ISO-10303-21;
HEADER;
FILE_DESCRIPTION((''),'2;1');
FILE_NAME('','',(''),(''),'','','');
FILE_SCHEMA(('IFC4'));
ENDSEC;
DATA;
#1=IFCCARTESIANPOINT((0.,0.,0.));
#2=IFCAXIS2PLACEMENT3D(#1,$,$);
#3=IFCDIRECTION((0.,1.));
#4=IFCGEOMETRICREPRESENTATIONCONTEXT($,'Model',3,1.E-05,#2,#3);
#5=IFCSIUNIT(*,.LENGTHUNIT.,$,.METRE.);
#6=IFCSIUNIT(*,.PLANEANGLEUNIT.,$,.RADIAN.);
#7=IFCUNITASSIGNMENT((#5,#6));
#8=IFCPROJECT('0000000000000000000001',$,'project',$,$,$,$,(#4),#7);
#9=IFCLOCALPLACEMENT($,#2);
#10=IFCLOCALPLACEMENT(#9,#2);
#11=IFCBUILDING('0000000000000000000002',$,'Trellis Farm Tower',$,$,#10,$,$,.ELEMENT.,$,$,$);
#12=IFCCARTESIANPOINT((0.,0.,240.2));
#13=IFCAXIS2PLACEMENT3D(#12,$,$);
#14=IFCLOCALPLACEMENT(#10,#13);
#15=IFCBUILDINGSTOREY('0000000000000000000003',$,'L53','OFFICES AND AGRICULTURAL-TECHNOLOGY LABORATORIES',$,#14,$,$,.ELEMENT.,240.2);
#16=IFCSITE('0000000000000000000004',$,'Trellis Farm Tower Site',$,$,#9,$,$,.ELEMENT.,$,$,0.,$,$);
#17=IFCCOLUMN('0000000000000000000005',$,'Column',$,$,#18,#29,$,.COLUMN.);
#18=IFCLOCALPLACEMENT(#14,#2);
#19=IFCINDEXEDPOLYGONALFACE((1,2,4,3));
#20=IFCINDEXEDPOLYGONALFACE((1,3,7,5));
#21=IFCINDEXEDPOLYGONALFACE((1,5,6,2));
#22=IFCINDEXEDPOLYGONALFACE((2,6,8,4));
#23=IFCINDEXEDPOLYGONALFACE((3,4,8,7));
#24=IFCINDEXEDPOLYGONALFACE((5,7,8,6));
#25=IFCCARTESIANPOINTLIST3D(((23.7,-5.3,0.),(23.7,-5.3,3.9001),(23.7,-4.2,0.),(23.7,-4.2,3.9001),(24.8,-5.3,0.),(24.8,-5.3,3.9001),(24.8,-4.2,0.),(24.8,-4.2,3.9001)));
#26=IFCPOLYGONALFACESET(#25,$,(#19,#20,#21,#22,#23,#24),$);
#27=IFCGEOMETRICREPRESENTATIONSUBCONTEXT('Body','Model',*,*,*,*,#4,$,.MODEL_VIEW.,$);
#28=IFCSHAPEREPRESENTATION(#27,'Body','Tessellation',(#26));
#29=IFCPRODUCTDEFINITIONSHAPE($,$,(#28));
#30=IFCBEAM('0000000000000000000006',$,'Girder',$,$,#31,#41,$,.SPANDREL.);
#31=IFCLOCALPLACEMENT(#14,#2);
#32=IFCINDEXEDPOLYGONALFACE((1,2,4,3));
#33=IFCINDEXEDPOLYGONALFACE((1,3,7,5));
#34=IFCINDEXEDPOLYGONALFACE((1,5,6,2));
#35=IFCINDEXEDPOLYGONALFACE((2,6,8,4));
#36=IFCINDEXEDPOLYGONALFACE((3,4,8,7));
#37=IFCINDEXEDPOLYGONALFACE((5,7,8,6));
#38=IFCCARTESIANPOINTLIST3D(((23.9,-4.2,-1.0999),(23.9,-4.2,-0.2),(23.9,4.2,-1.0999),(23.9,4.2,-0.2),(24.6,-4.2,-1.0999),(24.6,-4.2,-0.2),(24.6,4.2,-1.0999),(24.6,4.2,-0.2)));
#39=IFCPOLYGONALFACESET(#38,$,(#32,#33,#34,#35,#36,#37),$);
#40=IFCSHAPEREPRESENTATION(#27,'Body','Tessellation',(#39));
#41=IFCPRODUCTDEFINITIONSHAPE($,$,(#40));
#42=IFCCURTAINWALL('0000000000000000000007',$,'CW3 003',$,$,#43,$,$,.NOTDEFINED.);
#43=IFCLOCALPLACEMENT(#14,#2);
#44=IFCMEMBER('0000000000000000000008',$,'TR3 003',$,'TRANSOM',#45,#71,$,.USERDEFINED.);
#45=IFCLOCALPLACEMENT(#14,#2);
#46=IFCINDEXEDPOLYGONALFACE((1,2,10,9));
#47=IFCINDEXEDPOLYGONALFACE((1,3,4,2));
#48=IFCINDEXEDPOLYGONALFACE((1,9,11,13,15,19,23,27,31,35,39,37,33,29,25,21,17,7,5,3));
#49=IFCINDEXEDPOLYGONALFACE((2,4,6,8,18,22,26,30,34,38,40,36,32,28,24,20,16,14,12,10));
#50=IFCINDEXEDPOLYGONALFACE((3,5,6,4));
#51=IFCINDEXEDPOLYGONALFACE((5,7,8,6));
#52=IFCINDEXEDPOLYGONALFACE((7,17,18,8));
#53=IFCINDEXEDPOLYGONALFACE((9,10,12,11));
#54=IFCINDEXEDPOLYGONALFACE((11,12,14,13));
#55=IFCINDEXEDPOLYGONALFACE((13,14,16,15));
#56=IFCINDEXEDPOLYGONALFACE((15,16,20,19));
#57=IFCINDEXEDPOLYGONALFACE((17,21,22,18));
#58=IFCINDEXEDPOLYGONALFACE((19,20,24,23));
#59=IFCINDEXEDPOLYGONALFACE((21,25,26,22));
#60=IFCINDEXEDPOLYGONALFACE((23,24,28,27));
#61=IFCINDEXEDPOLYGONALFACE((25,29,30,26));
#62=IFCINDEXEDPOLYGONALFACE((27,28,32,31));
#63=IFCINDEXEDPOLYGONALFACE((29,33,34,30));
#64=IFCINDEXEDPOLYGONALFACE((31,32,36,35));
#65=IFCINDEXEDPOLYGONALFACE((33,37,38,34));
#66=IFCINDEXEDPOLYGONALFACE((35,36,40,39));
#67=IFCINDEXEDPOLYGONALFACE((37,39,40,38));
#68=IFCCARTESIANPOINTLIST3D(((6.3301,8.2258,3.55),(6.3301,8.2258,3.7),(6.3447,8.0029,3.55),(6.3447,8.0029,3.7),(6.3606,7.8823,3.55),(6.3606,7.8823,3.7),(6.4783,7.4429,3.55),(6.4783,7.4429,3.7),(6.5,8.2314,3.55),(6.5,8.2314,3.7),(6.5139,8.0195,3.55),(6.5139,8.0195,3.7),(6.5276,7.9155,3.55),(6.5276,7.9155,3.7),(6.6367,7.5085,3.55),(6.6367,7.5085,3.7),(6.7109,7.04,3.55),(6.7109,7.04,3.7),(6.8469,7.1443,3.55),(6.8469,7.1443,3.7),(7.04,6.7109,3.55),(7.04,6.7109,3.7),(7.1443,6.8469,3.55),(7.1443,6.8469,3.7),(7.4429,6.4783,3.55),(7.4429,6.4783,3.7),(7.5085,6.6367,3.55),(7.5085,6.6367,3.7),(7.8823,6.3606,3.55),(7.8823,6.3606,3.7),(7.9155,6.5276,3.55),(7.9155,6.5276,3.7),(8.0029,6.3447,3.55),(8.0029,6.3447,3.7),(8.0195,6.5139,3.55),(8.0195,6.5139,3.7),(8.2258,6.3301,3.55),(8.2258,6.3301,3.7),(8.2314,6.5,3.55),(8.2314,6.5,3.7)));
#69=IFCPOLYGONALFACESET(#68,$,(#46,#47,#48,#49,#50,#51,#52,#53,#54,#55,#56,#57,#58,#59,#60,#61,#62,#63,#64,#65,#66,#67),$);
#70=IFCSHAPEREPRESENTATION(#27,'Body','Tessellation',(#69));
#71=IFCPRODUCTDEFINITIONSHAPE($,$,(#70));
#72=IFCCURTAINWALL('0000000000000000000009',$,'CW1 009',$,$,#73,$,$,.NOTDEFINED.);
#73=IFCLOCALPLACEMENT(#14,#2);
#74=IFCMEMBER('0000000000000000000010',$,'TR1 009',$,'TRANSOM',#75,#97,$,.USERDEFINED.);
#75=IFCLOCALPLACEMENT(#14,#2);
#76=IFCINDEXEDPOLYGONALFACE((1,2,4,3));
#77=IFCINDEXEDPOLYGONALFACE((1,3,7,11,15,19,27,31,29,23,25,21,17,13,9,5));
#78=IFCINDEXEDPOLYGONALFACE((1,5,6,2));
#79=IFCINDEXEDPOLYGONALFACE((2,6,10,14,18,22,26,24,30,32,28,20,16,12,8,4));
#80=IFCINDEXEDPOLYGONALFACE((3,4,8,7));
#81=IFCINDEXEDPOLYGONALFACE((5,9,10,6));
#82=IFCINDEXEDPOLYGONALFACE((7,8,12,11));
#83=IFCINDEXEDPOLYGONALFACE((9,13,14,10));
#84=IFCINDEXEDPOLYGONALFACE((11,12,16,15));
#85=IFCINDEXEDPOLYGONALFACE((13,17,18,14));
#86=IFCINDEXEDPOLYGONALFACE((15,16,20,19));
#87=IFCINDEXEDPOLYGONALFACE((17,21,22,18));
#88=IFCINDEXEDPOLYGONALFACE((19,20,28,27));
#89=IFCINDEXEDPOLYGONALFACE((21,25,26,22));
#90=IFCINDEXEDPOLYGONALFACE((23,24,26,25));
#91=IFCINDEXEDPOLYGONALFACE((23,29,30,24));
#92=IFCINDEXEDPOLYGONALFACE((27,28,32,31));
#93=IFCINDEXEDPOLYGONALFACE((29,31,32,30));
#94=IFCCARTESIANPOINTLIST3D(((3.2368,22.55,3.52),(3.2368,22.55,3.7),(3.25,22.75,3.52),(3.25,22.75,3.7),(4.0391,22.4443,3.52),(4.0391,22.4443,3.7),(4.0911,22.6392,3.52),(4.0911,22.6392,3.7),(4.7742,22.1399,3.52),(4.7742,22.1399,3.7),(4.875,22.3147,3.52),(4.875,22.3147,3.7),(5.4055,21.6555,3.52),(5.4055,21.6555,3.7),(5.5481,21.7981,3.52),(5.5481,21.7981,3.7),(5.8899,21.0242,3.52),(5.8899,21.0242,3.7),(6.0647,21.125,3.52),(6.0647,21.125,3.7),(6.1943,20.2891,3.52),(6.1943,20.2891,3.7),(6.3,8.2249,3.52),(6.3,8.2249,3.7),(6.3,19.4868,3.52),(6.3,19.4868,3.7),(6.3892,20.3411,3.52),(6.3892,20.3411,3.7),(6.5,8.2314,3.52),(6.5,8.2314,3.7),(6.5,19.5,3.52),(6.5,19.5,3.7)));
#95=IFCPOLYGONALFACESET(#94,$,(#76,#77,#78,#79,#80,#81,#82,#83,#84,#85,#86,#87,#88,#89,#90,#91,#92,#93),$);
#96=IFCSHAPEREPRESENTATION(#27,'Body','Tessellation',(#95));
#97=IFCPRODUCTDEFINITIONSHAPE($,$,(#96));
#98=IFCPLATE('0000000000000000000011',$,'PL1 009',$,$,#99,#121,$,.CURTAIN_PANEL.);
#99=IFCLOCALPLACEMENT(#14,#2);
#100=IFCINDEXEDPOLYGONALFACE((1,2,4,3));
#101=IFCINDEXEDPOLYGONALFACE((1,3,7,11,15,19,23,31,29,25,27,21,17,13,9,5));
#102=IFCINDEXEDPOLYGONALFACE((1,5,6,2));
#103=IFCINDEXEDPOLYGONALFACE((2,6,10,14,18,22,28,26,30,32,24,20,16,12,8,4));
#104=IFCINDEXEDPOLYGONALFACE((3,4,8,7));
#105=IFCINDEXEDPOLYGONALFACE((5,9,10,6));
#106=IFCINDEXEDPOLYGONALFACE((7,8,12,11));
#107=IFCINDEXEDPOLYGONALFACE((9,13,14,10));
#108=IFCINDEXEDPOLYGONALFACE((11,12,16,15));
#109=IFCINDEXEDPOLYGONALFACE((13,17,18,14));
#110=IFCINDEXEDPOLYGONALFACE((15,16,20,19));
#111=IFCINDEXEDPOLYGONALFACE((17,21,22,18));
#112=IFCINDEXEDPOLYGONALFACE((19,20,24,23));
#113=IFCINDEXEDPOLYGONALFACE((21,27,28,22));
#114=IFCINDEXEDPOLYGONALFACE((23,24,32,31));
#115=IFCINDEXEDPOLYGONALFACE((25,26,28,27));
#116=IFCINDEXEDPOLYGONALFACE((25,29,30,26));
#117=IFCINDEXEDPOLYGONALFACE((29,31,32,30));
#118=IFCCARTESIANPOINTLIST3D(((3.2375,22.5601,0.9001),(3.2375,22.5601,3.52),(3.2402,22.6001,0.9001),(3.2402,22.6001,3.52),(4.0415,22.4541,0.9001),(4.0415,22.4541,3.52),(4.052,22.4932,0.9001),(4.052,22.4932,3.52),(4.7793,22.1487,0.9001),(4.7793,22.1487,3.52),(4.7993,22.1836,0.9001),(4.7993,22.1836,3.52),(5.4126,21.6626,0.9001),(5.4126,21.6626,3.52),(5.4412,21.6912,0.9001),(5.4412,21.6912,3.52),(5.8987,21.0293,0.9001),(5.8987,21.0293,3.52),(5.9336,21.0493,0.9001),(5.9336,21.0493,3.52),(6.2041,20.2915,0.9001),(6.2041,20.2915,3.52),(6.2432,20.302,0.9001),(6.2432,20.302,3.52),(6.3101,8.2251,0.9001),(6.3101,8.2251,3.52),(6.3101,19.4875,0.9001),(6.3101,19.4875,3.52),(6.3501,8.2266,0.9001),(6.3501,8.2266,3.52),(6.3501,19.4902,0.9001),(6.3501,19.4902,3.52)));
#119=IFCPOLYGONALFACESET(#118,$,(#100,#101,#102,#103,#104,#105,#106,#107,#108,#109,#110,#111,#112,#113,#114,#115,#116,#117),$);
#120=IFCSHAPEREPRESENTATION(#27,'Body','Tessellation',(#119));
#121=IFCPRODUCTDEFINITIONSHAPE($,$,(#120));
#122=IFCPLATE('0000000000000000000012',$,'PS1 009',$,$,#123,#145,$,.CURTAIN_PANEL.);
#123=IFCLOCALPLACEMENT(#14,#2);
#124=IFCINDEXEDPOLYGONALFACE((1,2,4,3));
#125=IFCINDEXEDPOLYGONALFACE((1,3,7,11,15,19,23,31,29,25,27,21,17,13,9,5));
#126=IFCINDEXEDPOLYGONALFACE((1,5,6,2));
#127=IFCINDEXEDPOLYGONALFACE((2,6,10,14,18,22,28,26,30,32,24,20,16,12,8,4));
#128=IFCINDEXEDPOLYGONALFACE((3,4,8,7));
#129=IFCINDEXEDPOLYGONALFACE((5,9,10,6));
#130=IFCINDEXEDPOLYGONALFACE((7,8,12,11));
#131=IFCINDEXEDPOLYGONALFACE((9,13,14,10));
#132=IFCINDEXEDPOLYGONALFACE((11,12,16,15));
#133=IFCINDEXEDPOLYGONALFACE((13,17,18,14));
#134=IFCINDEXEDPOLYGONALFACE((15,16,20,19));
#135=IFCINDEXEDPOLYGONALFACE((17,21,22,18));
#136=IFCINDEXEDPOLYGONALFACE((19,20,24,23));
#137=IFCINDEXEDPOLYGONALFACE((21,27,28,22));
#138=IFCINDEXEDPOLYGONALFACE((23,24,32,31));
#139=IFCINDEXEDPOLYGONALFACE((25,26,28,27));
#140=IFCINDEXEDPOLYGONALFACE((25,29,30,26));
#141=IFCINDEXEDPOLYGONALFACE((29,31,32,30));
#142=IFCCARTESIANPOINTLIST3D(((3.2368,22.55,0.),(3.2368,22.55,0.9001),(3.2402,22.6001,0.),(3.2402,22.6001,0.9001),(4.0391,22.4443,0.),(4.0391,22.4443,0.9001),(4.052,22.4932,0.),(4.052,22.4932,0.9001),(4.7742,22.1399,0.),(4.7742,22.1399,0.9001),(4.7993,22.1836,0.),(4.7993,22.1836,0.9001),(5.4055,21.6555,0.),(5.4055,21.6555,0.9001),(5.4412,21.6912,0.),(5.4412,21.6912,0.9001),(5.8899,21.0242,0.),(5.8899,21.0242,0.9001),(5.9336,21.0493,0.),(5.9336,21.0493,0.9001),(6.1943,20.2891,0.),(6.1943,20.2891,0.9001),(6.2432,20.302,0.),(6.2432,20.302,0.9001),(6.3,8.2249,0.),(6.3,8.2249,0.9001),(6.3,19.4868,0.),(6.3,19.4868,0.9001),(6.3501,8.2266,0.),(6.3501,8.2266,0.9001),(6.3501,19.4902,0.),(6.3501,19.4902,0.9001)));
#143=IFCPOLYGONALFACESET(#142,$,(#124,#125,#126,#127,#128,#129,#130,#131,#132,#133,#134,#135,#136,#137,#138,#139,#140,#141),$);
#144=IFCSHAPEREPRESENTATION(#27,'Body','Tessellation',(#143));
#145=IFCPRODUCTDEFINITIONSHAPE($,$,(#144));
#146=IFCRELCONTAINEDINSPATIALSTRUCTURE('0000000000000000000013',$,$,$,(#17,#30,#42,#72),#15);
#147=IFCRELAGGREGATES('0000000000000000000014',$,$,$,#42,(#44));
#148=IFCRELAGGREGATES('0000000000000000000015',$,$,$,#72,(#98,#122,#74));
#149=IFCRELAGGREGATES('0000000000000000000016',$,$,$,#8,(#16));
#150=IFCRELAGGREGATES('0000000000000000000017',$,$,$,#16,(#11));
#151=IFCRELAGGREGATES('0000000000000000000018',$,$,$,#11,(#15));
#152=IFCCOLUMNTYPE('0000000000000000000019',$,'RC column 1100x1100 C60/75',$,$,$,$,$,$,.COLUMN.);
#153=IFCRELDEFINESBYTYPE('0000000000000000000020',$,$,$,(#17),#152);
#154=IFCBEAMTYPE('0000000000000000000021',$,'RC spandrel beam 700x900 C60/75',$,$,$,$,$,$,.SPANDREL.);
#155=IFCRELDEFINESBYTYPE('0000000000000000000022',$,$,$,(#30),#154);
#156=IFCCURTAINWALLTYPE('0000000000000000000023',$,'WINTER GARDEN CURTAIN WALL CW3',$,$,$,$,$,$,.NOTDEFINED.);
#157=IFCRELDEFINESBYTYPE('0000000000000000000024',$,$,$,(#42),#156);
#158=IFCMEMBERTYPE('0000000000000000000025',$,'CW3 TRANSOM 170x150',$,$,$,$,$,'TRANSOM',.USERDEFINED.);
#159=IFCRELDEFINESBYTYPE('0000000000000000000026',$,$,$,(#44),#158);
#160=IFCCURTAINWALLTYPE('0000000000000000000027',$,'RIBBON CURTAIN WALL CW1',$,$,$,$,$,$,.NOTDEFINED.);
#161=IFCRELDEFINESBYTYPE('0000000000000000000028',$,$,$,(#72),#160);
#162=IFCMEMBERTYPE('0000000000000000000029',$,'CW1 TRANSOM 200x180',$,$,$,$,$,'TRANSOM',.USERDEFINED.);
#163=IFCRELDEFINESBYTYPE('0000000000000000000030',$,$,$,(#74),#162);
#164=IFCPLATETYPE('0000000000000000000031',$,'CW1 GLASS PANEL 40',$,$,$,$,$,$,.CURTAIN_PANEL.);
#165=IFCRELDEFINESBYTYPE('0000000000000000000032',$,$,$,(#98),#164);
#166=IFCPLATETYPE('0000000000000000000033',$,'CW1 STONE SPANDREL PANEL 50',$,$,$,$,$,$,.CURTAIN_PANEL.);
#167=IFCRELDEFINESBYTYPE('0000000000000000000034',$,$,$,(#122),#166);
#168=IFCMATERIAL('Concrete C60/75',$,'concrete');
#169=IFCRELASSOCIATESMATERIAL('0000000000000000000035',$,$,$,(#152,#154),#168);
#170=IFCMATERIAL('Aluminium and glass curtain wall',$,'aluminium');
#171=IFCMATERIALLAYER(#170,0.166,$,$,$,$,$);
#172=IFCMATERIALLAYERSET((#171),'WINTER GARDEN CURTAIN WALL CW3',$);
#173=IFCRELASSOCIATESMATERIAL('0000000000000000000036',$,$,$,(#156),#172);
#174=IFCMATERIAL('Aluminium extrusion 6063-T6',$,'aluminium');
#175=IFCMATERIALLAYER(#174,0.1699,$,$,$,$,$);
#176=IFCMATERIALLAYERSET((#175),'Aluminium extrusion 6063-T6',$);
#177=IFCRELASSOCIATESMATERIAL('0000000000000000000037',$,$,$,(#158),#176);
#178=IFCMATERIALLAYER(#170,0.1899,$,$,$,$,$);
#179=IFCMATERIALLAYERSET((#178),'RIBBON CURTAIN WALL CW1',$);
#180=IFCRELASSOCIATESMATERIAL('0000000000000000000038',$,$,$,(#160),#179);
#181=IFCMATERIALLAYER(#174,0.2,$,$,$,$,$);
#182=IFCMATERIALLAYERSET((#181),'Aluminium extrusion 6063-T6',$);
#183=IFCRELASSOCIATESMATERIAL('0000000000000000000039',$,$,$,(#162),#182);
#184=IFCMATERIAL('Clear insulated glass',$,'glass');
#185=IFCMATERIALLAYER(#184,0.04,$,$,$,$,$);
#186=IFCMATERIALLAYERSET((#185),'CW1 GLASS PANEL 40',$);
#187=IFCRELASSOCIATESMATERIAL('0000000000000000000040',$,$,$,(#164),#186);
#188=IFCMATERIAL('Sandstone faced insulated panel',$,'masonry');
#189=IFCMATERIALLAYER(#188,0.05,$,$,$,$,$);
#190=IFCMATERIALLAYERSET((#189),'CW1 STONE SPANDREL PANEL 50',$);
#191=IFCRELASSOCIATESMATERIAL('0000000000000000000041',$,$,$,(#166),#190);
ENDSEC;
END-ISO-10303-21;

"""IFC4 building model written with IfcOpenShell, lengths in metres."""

from ifc_helpers import new_model, si_unit, direction, frame, origin, origin_2d, place, context, subcontext, project, spatial, polyline, rectangle, outline, extrude, source, transform, mapped, material, layer, layer_set, material_profile, profile_set, type_object, element, aggregate, save


model = new_model("IFC4")

# Units and contexts
model_context = context("Model", 3, precision=1e-05, world=origin(), true_north=direction((0.0, 1.0)))
body_context = subcontext(model_context, "Body", "Model", "MODEL_VIEW")
ifc_project = project(units=[si_unit("LENGTHUNIT", "METRE"), si_unit("PLANEANGLEUNIT", "RADIAN")], contexts=[model_context])

# Site, building, storey
site_placement = place(None, origin())
site = spatial("IfcSite", under=ifc_project, at=site_placement, Name="Trellis Farm Tower Site", CompositionType="ELEMENT", RefElevation=0.0)
building_placement = place(site_placement, origin())
building = spatial("IfcBuilding", under=site, at=building_placement, Name="Trellis Farm Tower", CompositionType="ELEMENT")
storey_placement = place(building_placement, frame((0.0, 0.0, 240.2)))
storey = spatial("IfcBuildingStorey", under=building, at=storey_placement, Name="L53", Description="OFFICES AND AGRICULTURAL-TECHNOLOGY LABORATORIES", CompositionType="ELEMENT", Elevation=240.2)

# Column
ifc_material_1 = material(Name="Concrete C60/75", Category="concrete")
ifc_material_profile_1 = material_profile(ifc_material_1, rectangle(XDim=1.1001, YDim=1.1001, at=origin_2d()), Name="RC column 1100x1100 C60/75")
ifc_profile_set_1 = profile_set([ifc_material_profile_1], Name="Concrete C60/75")
column_type = type_object("IfcColumnType", Name="RC column 1100x1100 C60/75", PredefinedType="COLUMN", material=ifc_profile_set_1)
shared_shape_1 = source(origin(), body_context, "Body", "SweptSolid", [
    extrude(rectangle(XDim=1.1001, YDim=1.1001, at=origin_2d()), origin(), (0.0, 0.0, 1.0), 3.9001),
])
column_placement = place(storey_placement, frame((24.25, -4.75, 0.0), z_axis=(0.0, 0.0, 1.0), x_axis=(1.0, 0.0, 0.0)))
element("IfcColumn", 1, at=column_placement, inside=storey, type_object=column_type, Name="Column", PredefinedType="COLUMN", context=body_context, shape_type="MappedRepresentation", body=[
    mapped(shared_shape_1, transform((0.0, 0.0, 0.0))),
])

# Beam
ifc_material_profile_2 = material_profile(ifc_material_1, rectangle(XDim=0.7, YDim=0.8999, at=origin_2d()), Name="RC spandrel beam 700x900 C60/75")
ifc_profile_set_2 = profile_set([ifc_material_profile_2], Name="Concrete C60/75")
beam_type = type_object("IfcBeamType", Name="RC spandrel beam 700x900 C60/75", PredefinedType="SPANDREL", material=ifc_profile_set_2)
shared_shape_2 = source(origin(), body_context, "Body", "SweptSolid", [
    extrude(rectangle(XDim=0.7, YDim=0.8999, at=origin_2d()), origin(), (0.0, 0.0, 1.0), 8.3999),
])
beam_placement = place(storey_placement, frame((24.25, -4.2, -0.6499), z_axis=(0.0, 1.0, 0.0), x_axis=(-1.0, 0.0, 0.0)))
element("IfcBeam", 2, at=beam_placement, inside=storey, type_object=beam_type, Name="Girder", PredefinedType="SPANDREL", context=body_context, shape_type="MappedRepresentation", body=[
    mapped(shared_shape_2, transform((0.0, 0.0, 0.0))),
])

# Curtain wall, member
ifc_material_2 = material(Name="Aluminium and glass curtain wall", Category="aluminium")
ifc_layer_1 = layer(ifc_material_2, 0.166)
ifc_layer_set_1 = layer_set([ifc_layer_1], Name="WINTER GARDEN CURTAIN WALL CW3")
curtain_wall_type_1 = type_object("IfcCurtainWallType", Name="WINTER GARDEN CURTAIN WALL CW3", PredefinedType="NOTDEFINED", material=ifc_layer_set_1)
placement = place(storey_placement, origin())
curtain_wall_1 = element("IfcCurtainWall", 3, at=placement, inside=storey, type_object=curtain_wall_type_1, Name="CW3 003", PredefinedType="NOTDEFINED")
ifc_material_3 = material(Name="Aluminium extrusion 6063-T6", Category="aluminium")
ifc_layer_2 = layer(ifc_material_3, 0.1699)
ifc_layer_set_2 = layer_set([ifc_layer_2], Name="Aluminium extrusion 6063-T6")
member_type_1 = type_object("IfcMemberType", Name="CW3 TRANSOM 170x150", ElementType="TRANSOM", PredefinedType="USERDEFINED", material=ifc_layer_set_2)
shared_shape_3 = source(origin(), body_context, "Body", "SweptSolid", [
    extrude(outline(polyline([(8.2314, 6.5), (8.0195, 6.5139), (7.9155, 6.5276), (7.5085, 6.6367), (7.1443, 6.8469), (6.8469, 7.1443), (6.6367, 7.5085), (6.5276, 7.9155), (6.5139, 8.0195), (6.5, 8.2314), (6.3301, 8.2258), (6.3447, 8.0029), (6.3606, 7.8823), (6.4783, 7.4429), (6.7109, 7.04), (7.04, 6.7109), (7.4429, 6.4783), (7.8823, 6.3606), (8.0029, 6.3447), (8.2258, 6.3301), (8.2314, 6.5)])), origin(), (0.0, 0.0, 1.0), 0.1499),
])
member_1_placement = place(storey_placement, frame((0.0, 0.0, 3.55)))
member_1 = element("IfcMember", 4, at=member_1_placement, type_object=member_type_1, Name="TR3 003", ObjectType="TRANSOM", PredefinedType="USERDEFINED", context=body_context, shape_type="MappedRepresentation", body=[
    mapped(shared_shape_3, transform((0.0, 0.0, 0.0))),
])
aggregate(curtain_wall_1, [member_1])

# Curtain wall, member, plates
ifc_layer_3 = layer(ifc_material_2, 0.1899)
ifc_layer_set_3 = layer_set([ifc_layer_3], Name="RIBBON CURTAIN WALL CW1")
curtain_wall_type_2 = type_object("IfcCurtainWallType", Name="RIBBON CURTAIN WALL CW1", PredefinedType="NOTDEFINED", material=ifc_layer_set_3)
curtain_wall_2 = element("IfcCurtainWall", 5, at=placement, inside=storey, type_object=curtain_wall_type_2, Name="CW1 009", PredefinedType="NOTDEFINED")
ifc_layer_4 = layer(ifc_material_3, 0.2)
ifc_layer_set_4 = layer_set([ifc_layer_4], Name="Aluminium extrusion 6063-T6")
member_type_2 = type_object("IfcMemberType", Name="CW1 TRANSOM 200x180", ElementType="TRANSOM", PredefinedType="USERDEFINED", material=ifc_layer_set_4)
shared_shape_4 = source(origin(), body_context, "Body", "SweptSolid", [
    extrude(outline(polyline([(6.5, 8.2314), (6.5, 19.5), (6.3892, 20.3411), (6.0647, 21.125), (5.5481, 21.7981), (4.875, 22.3147), (4.0911, 22.6392), (3.25, 22.75), (3.2368, 22.55), (4.0391, 22.4443), (4.7742, 22.1399), (5.4055, 21.6555), (5.8899, 21.0242), (6.1943, 20.2891), (6.3, 19.4868), (6.3, 8.2249), (6.5, 8.2314)])), origin(), (0.0, 0.0, 1.0), 0.1799),
])
member_2_placement = place(storey_placement, frame((0.0, 0.0, 3.52)))
member_2 = element("IfcMember", 6, at=member_2_placement, type_object=member_type_2, Name="TR1 009", ObjectType="TRANSOM", PredefinedType="USERDEFINED", context=body_context, shape_type="MappedRepresentation", body=[
    mapped(shared_shape_4, transform((0.0, 0.0, 0.0))),
])
ifc_material_4 = material(Name="Clear insulated glass", Category="glass")
ifc_layer_5 = layer(ifc_material_4, 0.04)
ifc_layer_set_5 = layer_set([ifc_layer_5], Name="CW1 GLASS PANEL 40")
plate_type_1 = type_object("IfcPlateType", Name="CW1 GLASS PANEL 40", PredefinedType="CURTAIN_PANEL", material=ifc_layer_set_5)
shared_shape_5 = source(origin(), body_context, "Body", "SweptSolid", [
    extrude(outline(polyline([(6.3501, 8.2266), (6.3501, 19.4902), (6.2432, 20.302), (5.9336, 21.0493), (5.4412, 21.6912), (4.7993, 22.1836), (4.052, 22.4932), (3.2402, 22.6001), (3.2375, 22.5601), (4.0415, 22.4541), (4.7793, 22.1487), (5.4126, 21.6626), (5.8987, 21.0293), (6.2041, 20.2915), (6.3101, 19.4875), (6.3101, 8.2251), (6.3501, 8.2266)])), origin(), (0.0, 0.0, 1.0), 2.6199),
])
plate_1_placement = place(storey_placement, frame((0.0, 0.0, 0.9001)))
plate_1 = element("IfcPlate", 7, at=plate_1_placement, type_object=plate_type_1, Name="PL1 009", PredefinedType="CURTAIN_PANEL", context=body_context, shape_type="MappedRepresentation", body=[
    mapped(shared_shape_5, transform((0.0, 0.0, 0.0))),
])
ifc_material_5 = material(Name="Sandstone faced insulated panel", Category="masonry")
ifc_layer_6 = layer(ifc_material_5, 0.05)
ifc_layer_set_6 = layer_set([ifc_layer_6], Name="CW1 STONE SPANDREL PANEL 50")
plate_type_2 = type_object("IfcPlateType", Name="CW1 STONE SPANDREL PANEL 50", PredefinedType="CURTAIN_PANEL", material=ifc_layer_set_6)
shared_shape_6 = source(origin(), body_context, "Body", "SweptSolid", [
    extrude(outline(polyline([(6.3501, 8.2266), (6.3501, 19.4902), (6.2432, 20.302), (5.9336, 21.0493), (5.4412, 21.6912), (4.7993, 22.1836), (4.052, 22.4932), (3.2402, 22.6001), (3.2368, 22.55), (4.0391, 22.4443), (4.7742, 22.1399), (5.4055, 21.6555), (5.8899, 21.0242), (6.1943, 20.2891), (6.3, 19.4868), (6.3, 8.2249), (6.3501, 8.2266)])), origin(), (0.0, 0.0, 1.0), 0.9001),
])
plate_2 = element("IfcPlate", 8, at=placement, type_object=plate_type_2, Name="PS1 009", PredefinedType="CURTAIN_PANEL", context=body_context, shape_type="MappedRepresentation", body=[
    mapped(shared_shape_6, transform((0.0, 0.0, 0.0))),
])
aggregate(curtain_wall_2, [plate_1, plate_2, member_2])

save(model, "model.ifc")
